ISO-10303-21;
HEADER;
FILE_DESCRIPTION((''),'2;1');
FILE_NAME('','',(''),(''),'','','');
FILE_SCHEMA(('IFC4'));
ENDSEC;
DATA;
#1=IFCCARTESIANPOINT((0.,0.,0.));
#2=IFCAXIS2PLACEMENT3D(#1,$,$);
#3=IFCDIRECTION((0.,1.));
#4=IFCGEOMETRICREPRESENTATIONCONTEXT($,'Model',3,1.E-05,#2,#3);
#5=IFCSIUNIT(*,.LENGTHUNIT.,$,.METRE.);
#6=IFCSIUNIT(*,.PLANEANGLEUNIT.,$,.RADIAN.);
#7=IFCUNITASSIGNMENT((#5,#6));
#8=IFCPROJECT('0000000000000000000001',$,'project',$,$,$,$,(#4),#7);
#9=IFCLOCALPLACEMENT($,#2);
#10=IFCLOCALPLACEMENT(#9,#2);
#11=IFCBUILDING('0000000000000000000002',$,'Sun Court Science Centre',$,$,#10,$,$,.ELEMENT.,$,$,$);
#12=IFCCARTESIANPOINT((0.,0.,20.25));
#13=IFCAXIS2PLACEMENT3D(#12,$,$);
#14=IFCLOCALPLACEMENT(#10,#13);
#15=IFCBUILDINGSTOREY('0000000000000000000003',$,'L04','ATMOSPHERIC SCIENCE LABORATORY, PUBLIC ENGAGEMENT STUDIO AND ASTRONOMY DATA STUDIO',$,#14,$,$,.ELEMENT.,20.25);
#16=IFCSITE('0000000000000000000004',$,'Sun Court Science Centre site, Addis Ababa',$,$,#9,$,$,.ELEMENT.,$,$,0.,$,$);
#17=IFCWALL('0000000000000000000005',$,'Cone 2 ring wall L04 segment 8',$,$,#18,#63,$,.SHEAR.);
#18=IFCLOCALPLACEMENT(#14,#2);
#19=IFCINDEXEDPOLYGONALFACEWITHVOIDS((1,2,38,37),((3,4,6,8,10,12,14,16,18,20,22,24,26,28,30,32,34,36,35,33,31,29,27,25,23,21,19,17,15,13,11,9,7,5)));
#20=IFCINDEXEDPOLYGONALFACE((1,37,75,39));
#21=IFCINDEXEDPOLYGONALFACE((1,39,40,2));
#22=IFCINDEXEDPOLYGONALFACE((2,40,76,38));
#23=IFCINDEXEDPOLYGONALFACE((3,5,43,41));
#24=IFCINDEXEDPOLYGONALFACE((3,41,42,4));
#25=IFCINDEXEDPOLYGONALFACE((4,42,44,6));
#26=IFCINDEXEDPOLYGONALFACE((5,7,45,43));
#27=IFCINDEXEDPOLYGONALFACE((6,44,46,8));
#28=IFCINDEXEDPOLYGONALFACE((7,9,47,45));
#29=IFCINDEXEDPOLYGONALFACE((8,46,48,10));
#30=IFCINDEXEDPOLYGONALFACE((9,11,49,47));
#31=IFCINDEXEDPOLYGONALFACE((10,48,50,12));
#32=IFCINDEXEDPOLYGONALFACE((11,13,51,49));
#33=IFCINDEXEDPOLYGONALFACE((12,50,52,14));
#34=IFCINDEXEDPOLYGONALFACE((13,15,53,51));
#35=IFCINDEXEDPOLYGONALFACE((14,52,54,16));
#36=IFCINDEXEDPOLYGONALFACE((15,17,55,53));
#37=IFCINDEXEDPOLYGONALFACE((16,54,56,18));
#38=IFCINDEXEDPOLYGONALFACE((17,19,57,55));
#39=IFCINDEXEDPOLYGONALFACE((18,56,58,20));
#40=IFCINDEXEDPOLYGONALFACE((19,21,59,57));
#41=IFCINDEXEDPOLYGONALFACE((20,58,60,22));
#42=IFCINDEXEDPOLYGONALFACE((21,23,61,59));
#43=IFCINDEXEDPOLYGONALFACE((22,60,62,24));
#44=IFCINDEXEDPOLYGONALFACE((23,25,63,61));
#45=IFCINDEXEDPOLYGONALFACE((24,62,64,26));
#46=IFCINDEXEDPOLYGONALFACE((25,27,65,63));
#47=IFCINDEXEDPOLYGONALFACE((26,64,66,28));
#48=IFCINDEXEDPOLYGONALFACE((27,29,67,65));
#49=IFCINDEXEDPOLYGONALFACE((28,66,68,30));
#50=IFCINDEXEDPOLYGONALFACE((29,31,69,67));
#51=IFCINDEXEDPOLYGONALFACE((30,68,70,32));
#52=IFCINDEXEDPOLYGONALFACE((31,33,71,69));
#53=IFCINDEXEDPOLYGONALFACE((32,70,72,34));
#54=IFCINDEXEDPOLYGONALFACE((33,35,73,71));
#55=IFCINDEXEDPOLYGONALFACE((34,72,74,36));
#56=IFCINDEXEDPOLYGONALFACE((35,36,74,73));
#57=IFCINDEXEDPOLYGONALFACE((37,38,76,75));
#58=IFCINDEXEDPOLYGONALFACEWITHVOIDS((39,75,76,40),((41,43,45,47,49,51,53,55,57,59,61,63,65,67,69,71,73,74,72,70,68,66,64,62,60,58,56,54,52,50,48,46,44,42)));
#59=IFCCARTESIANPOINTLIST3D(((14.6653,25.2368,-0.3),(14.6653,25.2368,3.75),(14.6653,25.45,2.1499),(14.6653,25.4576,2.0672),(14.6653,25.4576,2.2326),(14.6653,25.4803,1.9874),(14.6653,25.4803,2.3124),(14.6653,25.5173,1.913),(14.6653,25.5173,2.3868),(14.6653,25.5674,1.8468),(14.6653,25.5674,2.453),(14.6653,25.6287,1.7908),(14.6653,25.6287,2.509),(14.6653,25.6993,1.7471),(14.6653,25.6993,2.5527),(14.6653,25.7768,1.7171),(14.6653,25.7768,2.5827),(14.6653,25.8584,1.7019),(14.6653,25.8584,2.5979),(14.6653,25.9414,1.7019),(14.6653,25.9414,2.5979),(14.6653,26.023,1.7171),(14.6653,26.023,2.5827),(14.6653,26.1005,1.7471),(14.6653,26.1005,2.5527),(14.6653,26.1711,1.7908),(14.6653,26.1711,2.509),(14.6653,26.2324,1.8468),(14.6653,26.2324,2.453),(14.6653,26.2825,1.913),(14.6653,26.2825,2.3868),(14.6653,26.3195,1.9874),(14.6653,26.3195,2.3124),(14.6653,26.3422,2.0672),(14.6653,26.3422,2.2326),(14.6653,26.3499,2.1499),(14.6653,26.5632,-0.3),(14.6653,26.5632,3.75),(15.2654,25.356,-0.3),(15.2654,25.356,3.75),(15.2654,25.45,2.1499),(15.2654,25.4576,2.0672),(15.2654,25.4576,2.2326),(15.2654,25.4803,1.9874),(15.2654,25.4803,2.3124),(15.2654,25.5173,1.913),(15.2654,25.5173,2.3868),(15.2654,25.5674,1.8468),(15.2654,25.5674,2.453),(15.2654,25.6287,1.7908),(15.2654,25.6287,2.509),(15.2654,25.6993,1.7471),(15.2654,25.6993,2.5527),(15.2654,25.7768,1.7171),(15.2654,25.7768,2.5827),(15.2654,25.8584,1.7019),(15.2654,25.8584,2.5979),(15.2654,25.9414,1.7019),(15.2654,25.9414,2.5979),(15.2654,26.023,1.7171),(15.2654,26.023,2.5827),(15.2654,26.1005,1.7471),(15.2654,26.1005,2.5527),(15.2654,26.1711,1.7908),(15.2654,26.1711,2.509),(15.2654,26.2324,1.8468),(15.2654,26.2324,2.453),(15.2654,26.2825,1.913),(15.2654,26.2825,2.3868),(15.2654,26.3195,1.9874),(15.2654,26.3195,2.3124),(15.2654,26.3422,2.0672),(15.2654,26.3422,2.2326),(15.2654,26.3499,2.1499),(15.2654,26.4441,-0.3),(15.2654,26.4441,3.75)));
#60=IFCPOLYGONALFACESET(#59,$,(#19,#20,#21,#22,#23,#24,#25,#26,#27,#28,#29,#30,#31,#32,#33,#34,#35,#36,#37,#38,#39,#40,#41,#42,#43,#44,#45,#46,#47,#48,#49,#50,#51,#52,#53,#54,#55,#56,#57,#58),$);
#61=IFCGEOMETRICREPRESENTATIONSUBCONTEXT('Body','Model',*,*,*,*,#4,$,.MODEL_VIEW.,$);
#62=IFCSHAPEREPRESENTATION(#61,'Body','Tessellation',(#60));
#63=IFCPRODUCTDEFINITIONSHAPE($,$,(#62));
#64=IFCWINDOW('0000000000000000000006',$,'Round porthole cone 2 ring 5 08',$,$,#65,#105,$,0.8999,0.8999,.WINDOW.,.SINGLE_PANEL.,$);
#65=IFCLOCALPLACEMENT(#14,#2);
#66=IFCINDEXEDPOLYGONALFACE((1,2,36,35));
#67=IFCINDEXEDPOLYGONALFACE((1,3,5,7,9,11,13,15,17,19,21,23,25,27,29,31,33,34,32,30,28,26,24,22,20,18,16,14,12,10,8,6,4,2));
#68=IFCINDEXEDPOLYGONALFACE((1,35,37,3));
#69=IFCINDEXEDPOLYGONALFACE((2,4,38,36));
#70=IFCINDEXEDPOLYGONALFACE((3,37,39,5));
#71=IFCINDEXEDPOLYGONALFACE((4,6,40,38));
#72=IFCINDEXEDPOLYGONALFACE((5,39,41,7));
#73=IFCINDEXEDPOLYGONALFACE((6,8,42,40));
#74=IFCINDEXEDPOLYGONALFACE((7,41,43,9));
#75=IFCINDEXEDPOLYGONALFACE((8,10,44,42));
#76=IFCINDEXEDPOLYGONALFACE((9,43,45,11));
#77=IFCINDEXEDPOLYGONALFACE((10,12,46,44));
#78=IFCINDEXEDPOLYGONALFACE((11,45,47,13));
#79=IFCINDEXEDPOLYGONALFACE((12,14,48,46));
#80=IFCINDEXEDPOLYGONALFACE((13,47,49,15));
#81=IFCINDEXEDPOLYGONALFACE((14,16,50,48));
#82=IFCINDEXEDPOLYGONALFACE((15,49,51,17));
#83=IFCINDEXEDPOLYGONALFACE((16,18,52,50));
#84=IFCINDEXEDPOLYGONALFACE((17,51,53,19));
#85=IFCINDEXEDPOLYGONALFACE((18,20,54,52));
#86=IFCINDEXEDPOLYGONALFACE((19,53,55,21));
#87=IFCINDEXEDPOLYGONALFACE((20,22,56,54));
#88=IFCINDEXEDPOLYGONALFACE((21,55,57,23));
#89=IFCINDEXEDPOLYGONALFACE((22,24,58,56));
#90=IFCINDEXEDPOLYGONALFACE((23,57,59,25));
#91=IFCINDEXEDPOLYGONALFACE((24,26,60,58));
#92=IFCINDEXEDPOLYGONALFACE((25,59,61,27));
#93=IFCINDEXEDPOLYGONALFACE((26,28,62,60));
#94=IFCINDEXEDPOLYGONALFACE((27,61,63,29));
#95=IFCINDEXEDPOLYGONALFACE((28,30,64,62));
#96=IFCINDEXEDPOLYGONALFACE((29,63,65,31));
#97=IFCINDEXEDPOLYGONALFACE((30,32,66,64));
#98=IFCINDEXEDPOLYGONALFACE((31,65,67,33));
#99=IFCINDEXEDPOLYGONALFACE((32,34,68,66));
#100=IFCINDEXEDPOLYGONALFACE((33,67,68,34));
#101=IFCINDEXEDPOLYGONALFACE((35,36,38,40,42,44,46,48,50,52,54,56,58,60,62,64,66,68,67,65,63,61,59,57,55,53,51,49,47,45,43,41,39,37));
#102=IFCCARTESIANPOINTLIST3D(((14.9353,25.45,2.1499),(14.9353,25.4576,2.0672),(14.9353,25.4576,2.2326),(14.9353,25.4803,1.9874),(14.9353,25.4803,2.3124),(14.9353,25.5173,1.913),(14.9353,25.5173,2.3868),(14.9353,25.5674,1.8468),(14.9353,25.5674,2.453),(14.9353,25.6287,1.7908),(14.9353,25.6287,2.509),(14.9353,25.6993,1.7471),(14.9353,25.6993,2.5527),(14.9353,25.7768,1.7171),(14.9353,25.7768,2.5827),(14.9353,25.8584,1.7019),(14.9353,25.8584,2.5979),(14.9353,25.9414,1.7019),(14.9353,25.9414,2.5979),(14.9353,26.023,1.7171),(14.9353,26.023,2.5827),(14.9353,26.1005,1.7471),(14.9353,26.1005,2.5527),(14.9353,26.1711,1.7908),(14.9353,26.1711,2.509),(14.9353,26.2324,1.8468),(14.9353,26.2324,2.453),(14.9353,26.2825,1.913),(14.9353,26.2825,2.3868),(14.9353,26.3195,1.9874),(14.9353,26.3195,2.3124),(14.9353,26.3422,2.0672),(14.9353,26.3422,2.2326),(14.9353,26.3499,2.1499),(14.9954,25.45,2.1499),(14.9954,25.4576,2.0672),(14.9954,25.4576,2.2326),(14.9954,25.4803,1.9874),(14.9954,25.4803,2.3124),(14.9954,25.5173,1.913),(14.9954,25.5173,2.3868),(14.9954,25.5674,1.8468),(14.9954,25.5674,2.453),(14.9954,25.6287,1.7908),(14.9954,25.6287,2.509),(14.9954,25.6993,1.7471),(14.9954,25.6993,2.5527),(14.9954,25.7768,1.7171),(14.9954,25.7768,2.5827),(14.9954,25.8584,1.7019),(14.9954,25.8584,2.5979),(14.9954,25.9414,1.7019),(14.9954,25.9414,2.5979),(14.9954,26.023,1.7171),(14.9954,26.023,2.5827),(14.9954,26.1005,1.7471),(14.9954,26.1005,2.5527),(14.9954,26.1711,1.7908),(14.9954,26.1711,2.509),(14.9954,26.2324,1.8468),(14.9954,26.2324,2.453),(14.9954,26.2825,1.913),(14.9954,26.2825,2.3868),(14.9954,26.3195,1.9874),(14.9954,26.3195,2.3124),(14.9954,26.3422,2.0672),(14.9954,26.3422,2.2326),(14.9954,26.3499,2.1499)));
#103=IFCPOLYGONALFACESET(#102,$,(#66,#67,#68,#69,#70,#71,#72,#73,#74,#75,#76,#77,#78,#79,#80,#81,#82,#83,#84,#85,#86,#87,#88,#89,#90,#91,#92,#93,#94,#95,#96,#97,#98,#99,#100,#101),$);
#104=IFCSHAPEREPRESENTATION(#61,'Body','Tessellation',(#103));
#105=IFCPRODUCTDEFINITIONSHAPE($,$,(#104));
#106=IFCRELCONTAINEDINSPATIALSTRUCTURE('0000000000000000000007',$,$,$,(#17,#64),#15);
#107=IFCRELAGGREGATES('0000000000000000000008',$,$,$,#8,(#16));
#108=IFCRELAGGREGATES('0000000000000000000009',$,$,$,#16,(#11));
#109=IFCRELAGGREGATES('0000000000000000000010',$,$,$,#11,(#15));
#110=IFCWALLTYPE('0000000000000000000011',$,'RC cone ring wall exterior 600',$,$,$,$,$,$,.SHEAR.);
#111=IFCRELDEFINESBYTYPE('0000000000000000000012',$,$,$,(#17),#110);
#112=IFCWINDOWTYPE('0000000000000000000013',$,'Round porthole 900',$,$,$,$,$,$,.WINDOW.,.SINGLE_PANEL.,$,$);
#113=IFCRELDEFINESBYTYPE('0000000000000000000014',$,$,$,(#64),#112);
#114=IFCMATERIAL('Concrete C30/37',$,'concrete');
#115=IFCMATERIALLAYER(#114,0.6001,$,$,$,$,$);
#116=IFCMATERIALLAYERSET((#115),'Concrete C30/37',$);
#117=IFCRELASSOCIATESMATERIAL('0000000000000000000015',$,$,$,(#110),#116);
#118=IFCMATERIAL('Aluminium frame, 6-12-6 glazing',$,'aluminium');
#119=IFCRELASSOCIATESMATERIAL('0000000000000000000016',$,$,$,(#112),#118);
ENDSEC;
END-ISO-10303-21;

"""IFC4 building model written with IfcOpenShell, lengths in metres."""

from ifc_helpers import new_model, si_unit, direction, frame, frame_2d, origin, place, context, subcontext, project, spatial, polyline, circle, outline, extrude, material, layer, layer_set, type_object, element, fill, save


model = new_model("IFC4")

# Units and contexts
model_context = context("Model", 3, precision=1e-05, world=origin(), true_north=direction((0.0, 1.0)))
body_context = subcontext(model_context, "Body", "Model", "MODEL_VIEW")
ifc_project = project(units=[si_unit("LENGTHUNIT", "METRE"), si_unit("PLANEANGLEUNIT", "RADIAN")], contexts=[model_context])

# Site, building, storey
site_placement = place(None, origin())
site = spatial("IfcSite", under=ifc_project, at=site_placement, Name="Sun Court Science Centre site, Addis Ababa", CompositionType="ELEMENT", RefElevation=0.0)
building_placement = place(site_placement, origin())
building = spatial("IfcBuilding", under=site, at=building_placement, Name="Sun Court Science Centre", CompositionType="ELEMENT")
storey_placement = place(building_placement, frame((0.0, 0.0, 20.25)))
storey = spatial("IfcBuildingStorey", under=building, at=storey_placement, Name="L04", Description="ATMOSPHERIC SCIENCE LABORATORY, PUBLIC ENGAGEMENT STUDIO AND ASTRONOMY DATA STUDIO", CompositionType="ELEMENT", Elevation=20.25)

# Wall, opening, window
ifc_material_1 = material(Name="Concrete C30/37", Category="concrete")
ifc_layer = layer(ifc_material_1, 0.6001)
ifc_layer_set = layer_set([ifc_layer], Name="Concrete C30/37")
wall_type = type_object("IfcWallType", Name="RC cone ring wall exterior 600", PredefinedType="SHEAR", material=ifc_layer_set)
ifc_material_2 = material(Name="Aluminium frame, 6-12-6 glazing", Category="aluminium")
window_type = type_object("IfcWindowType", Name="Round porthole 900", PartitioningType="SINGLE_PANEL", PredefinedType="WINDOW", material=ifc_material_2)
wall_1_placement = place(storey_placement, frame((14.9653, 26.5632, -0.3), z_axis=(0.0, 0.0, 1.0), x_axis=(0.0, -1.0, 0.0)))
wall_1 = element("IfcWall", 1, at=wall_1_placement, inside=storey, type_object=wall_type, Name="Cone 2 ring wall L04 segment 8", PredefinedType="SHEAR", context=body_context, shape_type="SweptSolid", body=[
    extrude(outline(polyline([(0.0, -0.3), (1.3264, -0.3), (1.2073, 0.3), (0.1191, 0.3), (0.0, -0.3)])), origin(), (0.0, 0.0, 1.0), 4.05),
])
opening_1_placement = place(wall_1_placement, frame((0.2134, 0.0, 2.0)))
opening_1 = element("IfcOpeningElement", 2, at=opening_1_placement, cuts=wall_1, PredefinedType="OPENING", context=body_context, shape_type="SweptSolid", body=[
    extrude(circle(Radius=0.45, at=frame_2d((0.45, 0.45))), frame((0.0, 0.3101, 0.0), z_axis=(0.0, -1.0, 0.0), x_axis=(1.0, 0.0, 0.0)), (0.0, 0.0, 1.0), 0.6201),
])
window_1_placement = place(opening_1_placement, origin())
window_1 = element("IfcWindow", 3, at=window_1_placement, inside=storey, type_object=window_type, Name="Round porthole cone 2 ring 5 08", OverallHeight=0.8999, OverallWidth=0.8999, PartitioningType="SINGLE_PANEL", PredefinedType="WINDOW", context=body_context, shape_type="SweptSolid", body=[
    extrude(circle(Radius=0.45, at=frame_2d((0.45, 0.45))), frame((0.0, 0.03, 0.0), z_axis=(0.0, -1.0, 0.0), x_axis=(1.0, 0.0, 0.0)), (0.0, 0.0, 1.0), 0.0601),
])
fill(opening_1, window_1)

save(model, "model.ifc")
